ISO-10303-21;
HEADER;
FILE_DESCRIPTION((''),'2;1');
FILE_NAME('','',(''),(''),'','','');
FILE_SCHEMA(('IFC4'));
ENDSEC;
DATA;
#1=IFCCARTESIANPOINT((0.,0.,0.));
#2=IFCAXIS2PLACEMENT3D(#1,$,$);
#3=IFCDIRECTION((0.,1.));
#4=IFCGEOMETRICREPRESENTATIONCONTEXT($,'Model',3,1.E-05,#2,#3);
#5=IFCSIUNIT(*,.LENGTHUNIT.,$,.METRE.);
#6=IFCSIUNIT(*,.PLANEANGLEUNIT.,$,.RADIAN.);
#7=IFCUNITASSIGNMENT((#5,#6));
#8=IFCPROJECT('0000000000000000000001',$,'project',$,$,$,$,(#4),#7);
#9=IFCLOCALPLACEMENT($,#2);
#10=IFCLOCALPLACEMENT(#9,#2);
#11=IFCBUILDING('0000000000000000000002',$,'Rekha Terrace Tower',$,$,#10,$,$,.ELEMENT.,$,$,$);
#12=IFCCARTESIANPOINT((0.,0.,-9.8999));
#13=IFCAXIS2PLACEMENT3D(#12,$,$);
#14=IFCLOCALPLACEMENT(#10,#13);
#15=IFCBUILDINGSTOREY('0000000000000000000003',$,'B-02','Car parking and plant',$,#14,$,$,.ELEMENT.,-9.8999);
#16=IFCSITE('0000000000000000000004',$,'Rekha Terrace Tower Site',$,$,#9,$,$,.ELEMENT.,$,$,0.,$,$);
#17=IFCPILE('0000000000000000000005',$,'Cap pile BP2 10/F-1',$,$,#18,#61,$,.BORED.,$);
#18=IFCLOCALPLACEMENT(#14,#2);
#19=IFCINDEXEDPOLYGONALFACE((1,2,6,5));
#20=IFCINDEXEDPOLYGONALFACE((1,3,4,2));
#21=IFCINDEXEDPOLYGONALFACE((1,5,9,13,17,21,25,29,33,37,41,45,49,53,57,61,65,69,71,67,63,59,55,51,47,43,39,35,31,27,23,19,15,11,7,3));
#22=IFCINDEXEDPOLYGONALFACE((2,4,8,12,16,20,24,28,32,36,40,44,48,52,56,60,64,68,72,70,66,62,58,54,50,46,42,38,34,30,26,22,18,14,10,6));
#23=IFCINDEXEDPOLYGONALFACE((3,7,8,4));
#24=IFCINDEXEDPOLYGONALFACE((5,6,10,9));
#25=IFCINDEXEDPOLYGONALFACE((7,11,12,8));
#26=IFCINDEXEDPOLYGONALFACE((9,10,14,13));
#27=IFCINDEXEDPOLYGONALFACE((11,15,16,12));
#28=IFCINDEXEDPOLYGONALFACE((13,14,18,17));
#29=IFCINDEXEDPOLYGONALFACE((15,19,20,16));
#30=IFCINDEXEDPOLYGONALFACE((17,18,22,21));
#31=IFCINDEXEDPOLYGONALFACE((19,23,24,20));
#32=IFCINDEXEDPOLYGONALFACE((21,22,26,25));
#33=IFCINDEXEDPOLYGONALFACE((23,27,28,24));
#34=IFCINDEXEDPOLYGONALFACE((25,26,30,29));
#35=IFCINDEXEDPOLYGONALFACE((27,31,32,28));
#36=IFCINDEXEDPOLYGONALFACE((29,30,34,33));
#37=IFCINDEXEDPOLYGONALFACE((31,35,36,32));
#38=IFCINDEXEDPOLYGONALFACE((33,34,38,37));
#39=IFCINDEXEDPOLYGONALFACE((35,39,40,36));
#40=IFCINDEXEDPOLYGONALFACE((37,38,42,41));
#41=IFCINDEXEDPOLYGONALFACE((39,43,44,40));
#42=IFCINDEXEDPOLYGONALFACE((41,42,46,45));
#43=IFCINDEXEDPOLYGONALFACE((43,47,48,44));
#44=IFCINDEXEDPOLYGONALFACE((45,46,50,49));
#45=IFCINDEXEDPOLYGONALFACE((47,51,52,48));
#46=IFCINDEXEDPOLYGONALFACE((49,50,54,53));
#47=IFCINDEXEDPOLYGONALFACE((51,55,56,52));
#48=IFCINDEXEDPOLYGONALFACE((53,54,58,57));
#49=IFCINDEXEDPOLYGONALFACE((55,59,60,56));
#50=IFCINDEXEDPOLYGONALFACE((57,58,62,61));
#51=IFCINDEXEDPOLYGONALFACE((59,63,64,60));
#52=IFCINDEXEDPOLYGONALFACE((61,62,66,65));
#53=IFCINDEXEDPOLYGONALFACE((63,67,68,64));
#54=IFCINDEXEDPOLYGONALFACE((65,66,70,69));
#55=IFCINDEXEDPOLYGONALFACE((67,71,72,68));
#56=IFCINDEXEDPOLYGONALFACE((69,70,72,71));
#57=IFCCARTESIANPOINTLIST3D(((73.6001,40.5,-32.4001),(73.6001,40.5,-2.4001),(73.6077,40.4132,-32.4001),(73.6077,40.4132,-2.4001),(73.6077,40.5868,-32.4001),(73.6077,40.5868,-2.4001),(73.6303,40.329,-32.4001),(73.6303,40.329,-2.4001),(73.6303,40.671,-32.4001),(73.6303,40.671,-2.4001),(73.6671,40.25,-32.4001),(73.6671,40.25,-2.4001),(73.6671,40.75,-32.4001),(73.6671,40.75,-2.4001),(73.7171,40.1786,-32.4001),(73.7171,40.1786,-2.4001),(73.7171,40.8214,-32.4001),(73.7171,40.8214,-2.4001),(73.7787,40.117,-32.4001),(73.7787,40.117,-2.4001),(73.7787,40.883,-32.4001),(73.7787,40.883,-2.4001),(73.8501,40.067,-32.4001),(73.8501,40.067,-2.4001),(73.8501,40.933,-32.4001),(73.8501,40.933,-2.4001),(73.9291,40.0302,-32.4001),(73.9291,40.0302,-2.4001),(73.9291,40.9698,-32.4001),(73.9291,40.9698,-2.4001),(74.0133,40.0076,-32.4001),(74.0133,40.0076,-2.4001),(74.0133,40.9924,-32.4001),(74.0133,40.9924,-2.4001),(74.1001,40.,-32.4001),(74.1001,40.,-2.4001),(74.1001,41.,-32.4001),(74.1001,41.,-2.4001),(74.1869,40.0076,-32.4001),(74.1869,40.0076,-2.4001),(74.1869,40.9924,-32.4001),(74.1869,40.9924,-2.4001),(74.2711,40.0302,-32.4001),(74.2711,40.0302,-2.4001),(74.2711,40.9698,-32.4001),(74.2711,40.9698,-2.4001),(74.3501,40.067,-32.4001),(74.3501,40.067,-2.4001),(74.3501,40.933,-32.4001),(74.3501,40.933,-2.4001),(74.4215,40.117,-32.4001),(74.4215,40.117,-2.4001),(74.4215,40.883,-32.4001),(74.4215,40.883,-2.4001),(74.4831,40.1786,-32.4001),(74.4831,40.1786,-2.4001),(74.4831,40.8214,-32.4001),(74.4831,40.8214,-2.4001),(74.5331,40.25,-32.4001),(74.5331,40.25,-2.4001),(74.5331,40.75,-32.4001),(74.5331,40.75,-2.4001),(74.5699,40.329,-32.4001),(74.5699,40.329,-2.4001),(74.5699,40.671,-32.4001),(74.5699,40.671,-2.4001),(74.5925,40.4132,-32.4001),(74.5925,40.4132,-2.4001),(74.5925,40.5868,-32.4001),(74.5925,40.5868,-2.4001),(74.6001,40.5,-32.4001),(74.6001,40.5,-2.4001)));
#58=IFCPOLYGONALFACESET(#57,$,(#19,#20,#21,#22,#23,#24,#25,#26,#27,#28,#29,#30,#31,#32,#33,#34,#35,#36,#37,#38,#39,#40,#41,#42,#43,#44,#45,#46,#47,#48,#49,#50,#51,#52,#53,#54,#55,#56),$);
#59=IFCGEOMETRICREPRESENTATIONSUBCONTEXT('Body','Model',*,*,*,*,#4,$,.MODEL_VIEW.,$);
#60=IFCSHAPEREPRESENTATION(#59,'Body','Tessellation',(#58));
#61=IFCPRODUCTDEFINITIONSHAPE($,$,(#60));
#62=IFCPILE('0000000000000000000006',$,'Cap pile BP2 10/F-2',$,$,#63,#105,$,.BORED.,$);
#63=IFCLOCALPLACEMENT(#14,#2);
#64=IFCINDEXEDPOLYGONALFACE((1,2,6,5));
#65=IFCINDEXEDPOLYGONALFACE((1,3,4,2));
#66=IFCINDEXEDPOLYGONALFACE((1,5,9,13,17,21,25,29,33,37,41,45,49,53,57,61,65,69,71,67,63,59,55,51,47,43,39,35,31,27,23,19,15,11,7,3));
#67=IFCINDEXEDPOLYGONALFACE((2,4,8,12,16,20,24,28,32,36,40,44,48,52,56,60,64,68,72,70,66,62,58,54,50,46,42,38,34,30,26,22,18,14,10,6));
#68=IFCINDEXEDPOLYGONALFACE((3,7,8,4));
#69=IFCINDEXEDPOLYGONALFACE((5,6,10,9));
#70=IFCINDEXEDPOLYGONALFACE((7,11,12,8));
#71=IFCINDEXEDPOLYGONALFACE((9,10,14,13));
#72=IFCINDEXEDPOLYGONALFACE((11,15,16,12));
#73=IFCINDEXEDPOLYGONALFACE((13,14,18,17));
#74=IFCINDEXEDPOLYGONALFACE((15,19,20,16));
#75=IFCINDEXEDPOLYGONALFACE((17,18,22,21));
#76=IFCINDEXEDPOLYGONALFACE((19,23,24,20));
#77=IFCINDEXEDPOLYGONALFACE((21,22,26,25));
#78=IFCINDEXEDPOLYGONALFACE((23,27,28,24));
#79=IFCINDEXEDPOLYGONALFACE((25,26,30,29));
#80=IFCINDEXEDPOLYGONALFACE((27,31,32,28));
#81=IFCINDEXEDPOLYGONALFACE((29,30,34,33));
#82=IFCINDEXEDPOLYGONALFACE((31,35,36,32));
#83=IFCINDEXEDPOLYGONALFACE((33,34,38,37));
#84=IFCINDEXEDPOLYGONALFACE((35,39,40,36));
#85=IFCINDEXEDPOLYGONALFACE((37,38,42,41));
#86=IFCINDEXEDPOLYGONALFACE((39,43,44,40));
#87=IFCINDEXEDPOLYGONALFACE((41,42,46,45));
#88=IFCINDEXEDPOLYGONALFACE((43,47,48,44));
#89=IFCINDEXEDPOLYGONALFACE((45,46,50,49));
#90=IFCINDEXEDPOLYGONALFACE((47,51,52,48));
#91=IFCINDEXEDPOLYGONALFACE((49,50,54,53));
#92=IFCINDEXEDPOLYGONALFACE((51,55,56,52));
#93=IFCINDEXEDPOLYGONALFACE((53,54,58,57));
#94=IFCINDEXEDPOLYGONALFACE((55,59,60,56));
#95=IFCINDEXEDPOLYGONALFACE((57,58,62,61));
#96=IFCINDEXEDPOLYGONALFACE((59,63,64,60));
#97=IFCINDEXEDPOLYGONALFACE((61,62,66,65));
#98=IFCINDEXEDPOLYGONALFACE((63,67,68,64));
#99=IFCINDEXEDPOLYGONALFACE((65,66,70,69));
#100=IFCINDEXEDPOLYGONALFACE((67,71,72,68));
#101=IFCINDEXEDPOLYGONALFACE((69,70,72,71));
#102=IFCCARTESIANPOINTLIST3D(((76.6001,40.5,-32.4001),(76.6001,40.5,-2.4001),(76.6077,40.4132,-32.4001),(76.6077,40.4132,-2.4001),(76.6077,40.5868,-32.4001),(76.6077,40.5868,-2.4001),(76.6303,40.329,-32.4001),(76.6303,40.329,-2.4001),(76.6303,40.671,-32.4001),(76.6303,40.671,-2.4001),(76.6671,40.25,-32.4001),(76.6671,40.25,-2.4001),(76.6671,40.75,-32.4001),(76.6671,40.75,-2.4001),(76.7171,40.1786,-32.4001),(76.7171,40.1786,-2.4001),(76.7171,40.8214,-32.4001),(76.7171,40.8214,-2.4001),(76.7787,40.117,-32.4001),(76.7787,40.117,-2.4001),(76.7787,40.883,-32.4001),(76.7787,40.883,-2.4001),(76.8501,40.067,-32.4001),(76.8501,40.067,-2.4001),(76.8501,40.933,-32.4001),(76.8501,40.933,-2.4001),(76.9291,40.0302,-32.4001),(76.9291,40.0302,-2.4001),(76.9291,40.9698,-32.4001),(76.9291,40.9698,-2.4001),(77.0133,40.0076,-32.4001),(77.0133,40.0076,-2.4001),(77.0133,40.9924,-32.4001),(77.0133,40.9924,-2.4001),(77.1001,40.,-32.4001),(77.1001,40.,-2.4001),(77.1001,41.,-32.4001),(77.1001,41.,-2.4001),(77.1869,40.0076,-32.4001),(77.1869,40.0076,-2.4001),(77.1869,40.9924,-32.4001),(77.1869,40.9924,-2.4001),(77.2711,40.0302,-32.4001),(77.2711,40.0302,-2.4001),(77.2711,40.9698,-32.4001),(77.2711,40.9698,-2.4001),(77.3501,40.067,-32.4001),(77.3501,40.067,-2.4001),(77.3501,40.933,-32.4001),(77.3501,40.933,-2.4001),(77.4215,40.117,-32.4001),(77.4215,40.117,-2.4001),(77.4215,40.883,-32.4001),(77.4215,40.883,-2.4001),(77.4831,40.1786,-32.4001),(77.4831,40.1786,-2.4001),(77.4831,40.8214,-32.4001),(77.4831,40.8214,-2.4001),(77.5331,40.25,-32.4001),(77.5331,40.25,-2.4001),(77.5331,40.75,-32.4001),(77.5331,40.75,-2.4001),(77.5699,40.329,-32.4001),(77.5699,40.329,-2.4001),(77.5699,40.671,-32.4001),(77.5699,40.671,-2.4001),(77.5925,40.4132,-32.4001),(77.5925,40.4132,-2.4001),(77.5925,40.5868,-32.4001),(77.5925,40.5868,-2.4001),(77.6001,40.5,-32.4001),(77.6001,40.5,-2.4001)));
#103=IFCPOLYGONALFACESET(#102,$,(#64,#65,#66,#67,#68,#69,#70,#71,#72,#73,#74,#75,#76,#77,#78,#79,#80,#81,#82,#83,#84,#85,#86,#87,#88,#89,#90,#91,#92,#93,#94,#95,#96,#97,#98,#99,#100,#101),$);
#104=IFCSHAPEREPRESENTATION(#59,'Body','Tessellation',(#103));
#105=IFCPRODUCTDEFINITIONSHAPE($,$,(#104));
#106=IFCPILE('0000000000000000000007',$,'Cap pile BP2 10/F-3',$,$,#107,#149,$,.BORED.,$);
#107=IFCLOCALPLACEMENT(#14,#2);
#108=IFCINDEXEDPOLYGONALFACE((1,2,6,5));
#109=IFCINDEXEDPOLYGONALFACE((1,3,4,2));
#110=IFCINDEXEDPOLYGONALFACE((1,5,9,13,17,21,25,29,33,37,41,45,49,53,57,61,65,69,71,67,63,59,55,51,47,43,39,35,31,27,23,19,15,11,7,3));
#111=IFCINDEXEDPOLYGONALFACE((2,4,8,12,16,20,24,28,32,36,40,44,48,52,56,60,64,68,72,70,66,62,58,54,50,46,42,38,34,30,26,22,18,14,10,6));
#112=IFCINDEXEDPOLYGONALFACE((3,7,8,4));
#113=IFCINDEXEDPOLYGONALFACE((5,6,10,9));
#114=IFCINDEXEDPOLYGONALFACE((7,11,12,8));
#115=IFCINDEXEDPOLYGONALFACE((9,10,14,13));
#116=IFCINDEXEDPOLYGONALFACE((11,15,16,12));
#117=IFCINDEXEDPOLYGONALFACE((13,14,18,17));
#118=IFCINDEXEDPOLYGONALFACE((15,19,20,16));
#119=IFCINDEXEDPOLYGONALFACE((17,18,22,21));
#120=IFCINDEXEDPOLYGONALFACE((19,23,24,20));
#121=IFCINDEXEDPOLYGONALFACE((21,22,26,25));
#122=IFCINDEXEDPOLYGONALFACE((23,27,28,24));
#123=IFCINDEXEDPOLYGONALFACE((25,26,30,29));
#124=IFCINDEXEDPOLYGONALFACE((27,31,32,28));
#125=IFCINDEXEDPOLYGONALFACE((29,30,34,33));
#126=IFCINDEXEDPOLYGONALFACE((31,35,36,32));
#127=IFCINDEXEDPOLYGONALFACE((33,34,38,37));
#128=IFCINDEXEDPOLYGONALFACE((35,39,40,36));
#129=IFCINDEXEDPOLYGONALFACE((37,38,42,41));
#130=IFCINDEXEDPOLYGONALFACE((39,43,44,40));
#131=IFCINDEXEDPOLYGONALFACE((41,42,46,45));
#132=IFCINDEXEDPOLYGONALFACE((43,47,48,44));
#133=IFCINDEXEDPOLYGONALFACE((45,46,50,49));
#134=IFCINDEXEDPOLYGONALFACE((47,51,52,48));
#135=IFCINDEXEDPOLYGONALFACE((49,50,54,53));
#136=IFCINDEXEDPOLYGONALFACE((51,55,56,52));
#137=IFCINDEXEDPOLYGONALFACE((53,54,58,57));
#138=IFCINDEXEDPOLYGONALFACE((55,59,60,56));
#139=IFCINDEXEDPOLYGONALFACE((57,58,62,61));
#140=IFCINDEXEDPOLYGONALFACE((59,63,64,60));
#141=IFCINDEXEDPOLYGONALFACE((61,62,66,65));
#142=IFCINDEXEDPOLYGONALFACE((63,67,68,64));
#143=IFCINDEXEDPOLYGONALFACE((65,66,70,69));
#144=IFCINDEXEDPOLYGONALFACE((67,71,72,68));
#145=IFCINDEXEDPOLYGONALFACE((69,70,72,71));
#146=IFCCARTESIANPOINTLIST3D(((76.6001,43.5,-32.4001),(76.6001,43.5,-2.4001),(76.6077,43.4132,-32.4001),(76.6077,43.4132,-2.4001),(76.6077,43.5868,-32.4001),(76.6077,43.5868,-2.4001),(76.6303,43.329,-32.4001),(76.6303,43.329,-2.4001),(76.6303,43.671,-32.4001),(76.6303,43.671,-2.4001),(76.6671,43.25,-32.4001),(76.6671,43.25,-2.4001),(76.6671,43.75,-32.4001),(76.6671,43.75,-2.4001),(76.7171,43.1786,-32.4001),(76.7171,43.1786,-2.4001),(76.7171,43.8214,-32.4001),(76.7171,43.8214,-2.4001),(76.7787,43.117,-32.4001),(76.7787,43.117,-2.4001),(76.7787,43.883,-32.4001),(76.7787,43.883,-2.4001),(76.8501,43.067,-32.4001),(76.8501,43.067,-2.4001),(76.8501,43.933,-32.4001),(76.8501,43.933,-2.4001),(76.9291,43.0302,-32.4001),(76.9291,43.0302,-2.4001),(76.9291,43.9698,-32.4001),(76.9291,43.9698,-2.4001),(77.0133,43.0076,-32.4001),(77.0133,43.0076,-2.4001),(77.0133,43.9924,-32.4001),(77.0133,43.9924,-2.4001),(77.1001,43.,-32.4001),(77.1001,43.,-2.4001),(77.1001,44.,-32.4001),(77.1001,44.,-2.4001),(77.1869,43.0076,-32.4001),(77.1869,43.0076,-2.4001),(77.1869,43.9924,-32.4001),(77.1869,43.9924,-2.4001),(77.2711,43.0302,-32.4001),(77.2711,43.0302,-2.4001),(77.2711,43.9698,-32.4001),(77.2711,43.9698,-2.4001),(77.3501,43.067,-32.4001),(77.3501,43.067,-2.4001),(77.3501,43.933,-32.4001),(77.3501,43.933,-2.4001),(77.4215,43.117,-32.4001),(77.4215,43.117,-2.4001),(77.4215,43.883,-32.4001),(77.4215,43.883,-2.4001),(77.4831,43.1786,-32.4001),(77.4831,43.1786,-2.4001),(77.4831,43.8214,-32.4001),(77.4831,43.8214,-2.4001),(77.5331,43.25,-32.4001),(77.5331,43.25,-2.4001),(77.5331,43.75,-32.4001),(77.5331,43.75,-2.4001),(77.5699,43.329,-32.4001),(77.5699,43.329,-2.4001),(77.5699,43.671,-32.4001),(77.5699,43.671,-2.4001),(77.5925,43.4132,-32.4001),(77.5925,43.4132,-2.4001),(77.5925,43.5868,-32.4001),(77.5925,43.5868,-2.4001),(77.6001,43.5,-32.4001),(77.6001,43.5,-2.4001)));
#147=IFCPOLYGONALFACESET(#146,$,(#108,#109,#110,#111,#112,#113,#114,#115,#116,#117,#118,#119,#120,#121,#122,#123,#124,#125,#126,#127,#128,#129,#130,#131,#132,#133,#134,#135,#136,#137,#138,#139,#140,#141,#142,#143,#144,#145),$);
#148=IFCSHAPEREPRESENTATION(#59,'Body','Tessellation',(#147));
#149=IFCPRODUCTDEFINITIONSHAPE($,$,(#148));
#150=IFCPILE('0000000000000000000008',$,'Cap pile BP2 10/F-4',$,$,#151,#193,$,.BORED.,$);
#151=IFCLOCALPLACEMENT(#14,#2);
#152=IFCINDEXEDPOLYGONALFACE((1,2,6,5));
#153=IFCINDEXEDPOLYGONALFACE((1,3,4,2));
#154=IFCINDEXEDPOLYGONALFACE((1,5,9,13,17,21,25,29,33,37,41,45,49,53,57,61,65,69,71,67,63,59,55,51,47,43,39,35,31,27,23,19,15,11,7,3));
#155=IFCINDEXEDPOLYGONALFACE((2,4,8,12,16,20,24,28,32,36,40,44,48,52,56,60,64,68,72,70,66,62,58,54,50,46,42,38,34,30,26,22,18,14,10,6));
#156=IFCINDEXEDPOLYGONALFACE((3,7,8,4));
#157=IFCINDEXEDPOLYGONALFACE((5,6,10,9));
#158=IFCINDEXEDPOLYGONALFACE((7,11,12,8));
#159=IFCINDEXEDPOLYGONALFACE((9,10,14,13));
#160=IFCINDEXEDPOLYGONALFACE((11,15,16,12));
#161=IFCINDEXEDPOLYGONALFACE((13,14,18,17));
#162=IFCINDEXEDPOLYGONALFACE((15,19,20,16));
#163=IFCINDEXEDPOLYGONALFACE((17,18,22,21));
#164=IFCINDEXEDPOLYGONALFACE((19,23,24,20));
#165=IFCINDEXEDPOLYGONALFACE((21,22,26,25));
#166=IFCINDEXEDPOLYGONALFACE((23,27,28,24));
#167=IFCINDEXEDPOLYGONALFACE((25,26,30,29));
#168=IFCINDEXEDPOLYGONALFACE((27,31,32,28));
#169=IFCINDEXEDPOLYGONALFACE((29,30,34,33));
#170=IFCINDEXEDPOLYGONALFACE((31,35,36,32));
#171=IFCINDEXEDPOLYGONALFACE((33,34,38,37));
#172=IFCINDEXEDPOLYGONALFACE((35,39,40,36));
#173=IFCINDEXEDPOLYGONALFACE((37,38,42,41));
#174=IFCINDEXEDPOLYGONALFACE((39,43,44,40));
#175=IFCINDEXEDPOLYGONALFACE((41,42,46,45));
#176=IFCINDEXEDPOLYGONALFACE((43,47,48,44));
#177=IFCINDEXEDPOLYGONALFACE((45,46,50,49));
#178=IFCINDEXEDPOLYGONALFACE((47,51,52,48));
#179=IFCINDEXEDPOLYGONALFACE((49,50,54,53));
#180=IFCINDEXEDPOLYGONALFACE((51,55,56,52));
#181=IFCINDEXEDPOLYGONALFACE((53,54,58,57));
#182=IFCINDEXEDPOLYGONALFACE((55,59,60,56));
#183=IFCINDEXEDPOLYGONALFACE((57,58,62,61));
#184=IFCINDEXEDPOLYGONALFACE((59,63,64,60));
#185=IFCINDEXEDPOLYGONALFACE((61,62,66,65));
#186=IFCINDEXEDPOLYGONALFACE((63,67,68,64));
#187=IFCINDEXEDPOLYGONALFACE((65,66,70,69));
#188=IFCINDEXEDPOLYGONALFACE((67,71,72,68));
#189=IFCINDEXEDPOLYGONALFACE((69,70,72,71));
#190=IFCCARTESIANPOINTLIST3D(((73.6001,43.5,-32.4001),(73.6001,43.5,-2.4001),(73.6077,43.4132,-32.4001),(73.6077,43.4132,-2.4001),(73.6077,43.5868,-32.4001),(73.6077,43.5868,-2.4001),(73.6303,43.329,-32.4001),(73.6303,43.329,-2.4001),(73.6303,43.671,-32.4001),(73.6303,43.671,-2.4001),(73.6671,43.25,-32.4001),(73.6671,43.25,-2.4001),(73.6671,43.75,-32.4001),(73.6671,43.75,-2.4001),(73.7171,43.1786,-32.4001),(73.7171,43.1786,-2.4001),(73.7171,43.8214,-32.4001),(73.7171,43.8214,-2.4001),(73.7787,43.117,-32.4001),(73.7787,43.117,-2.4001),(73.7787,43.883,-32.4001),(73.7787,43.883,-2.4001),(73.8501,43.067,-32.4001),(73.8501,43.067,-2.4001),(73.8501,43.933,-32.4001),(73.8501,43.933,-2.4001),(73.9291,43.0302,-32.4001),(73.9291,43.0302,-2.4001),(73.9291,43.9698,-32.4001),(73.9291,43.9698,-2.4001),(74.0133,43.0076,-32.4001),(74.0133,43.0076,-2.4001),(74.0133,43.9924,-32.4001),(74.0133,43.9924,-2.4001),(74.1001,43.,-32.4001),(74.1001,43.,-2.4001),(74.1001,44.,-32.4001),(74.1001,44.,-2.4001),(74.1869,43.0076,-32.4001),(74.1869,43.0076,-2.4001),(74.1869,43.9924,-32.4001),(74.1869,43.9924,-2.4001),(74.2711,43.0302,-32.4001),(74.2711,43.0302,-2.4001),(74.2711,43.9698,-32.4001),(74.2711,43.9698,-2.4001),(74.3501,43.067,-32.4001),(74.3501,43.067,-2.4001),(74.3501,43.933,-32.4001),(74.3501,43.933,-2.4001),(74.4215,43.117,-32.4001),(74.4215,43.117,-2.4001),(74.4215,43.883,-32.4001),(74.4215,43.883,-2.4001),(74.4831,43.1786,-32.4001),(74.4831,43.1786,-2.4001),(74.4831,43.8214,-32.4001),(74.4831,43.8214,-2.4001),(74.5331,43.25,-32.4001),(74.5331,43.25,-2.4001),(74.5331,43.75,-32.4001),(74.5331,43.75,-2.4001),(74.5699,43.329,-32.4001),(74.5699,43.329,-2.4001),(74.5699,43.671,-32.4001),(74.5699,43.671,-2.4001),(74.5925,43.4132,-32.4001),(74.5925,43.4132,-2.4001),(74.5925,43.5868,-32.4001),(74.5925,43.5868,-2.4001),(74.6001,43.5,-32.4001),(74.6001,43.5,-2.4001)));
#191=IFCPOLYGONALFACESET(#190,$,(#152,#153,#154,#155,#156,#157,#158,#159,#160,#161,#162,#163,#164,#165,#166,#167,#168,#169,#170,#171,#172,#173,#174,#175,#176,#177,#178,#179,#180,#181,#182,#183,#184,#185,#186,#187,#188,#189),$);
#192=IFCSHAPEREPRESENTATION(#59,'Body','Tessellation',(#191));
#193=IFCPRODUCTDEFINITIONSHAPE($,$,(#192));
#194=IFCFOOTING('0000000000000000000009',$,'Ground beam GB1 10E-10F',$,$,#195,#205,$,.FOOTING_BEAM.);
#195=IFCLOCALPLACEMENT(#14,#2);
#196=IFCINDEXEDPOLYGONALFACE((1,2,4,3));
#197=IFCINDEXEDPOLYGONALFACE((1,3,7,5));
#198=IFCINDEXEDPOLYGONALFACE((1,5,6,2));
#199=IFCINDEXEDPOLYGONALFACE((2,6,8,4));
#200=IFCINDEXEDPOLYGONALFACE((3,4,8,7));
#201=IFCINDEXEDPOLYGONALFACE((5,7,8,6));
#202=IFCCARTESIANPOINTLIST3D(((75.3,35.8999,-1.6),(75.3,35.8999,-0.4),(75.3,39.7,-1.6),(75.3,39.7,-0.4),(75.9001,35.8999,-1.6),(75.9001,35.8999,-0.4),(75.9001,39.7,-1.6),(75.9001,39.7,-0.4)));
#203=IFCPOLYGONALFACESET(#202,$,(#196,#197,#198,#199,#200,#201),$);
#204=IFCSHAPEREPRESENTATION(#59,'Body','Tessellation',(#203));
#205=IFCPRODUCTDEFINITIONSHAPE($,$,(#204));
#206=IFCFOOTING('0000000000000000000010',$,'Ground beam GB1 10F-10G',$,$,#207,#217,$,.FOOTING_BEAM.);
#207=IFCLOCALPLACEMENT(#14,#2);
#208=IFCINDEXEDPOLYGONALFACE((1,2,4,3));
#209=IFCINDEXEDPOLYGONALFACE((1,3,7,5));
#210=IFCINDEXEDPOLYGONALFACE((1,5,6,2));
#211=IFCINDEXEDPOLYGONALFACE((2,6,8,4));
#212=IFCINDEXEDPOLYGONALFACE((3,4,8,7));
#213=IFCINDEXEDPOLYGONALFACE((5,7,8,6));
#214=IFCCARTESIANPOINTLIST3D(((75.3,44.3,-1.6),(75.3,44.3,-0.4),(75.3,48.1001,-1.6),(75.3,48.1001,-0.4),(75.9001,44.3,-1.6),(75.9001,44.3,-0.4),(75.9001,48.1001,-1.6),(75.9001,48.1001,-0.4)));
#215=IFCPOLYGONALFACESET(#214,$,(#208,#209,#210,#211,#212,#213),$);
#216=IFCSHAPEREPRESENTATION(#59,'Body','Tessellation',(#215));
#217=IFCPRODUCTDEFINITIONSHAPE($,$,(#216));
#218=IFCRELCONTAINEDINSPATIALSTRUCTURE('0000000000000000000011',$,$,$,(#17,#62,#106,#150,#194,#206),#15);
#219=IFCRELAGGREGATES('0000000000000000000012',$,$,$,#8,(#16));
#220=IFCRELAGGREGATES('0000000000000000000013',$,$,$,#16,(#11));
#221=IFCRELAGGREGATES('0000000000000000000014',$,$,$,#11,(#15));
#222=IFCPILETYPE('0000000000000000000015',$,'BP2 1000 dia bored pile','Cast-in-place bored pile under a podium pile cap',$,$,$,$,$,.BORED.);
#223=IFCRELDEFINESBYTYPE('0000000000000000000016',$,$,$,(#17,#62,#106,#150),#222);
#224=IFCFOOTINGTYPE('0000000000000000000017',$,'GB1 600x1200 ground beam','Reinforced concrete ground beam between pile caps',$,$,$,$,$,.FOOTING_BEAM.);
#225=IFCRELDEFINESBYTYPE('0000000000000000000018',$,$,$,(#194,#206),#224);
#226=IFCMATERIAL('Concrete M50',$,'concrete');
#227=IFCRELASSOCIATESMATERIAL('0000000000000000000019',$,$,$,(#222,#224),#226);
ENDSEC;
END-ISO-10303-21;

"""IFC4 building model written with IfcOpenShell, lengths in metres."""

from ifc_helpers import new_model, si_unit, direction, frame, origin, origin_2d, place, context, subcontext, project, spatial, rectangle, circle, extrude, material, material_profile, profile_set, type_object, element, save


model = new_model("IFC4")

# Units and contexts
model_context = context("Model", 3, precision=1e-05, world=origin(), true_north=direction((0.0, 1.0)))
body_context = subcontext(model_context, "Body", "Model", "MODEL_VIEW")
ifc_project = project(units=[si_unit("LENGTHUNIT", "METRE"), si_unit("PLANEANGLEUNIT", "RADIAN")], contexts=[model_context])

# Site, building, storey
site_placement = place(None, origin())
site = spatial("IfcSite", under=ifc_project, at=site_placement, Name="Rekha Terrace Tower Site", CompositionType="ELEMENT", RefElevation=0.0)
building_placement = place(site_placement, origin())
building = spatial("IfcBuilding", under=site, at=building_placement, Name="Rekha Terrace Tower", CompositionType="ELEMENT")
storey_placement = place(building_placement, frame((0.0, 0.0, -9.8999)))
storey = spatial("IfcBuildingStorey", under=building, at=storey_placement, Name="B-02", Description="Car parking and plant", CompositionType="ELEMENT", Elevation=-9.8999)

# Piles
ifc_material_1 = material(Name="Concrete M50", Category="concrete")
pile_type = type_object("IfcPileType", Name="BP2 1000 dia bored pile", Description="Cast-in-place bored pile under a podium pile cap", PredefinedType="BORED", material=ifc_material_1)
for number, where, z_axis, x_axis, name in (
    (1, (74.1001, 40.5, -2.4001), (0.0, 0.0, -1.0), (1.0, 0.0, 0.0), "Cap pile BP2 10/F-1"),
    (2, (77.1001, 40.5, -2.4001), (0.0, 0.0, -1.0), (1.0, 0.0, 0.0), "Cap pile BP2 10/F-2"),
    (3, (77.1001, 43.5, -2.4001), (0.0, 0.0, -1.0), (1.0, 0.0, 0.0), "Cap pile BP2 10/F-3"),
    (4, (74.1001, 43.5, -2.4001), (0.0, 0.0, -1.0), (1.0, 0.0, 0.0), "Cap pile BP2 10/F-4"),
):
    element("IfcPile", number, at=place(storey_placement, frame(where, z_axis=z_axis, x_axis=x_axis)), inside=storey, type_object=pile_type, Name=name, PredefinedType="BORED", context=body_context, shape_type="SweptSolid", body=[
        extrude(circle(Radius=0.5, at=origin_2d()), origin(), (0.0, 0.0, 1.0), 30.0),
    ])

# Footings
ifc_material_profile_1 = material_profile(ifc_material_1, rectangle(XDim=0.6001, YDim=1.2, at=origin_2d()), Name="RC 600x1200")
ifc_profile_set_1 = profile_set([ifc_material_profile_1], Name="Concrete M50")
footing_type_1 = type_object("IfcFootingType", Name="GB1 600x1200 ground beam", Description="Reinforced concrete ground beam between pile caps", PredefinedType="FOOTING_BEAM", material=ifc_profile_set_1)
for number, where, z_axis, x_axis, name in (
    (5, (75.6001, 35.8999, -1.0), (0.0, 1.0, 0.0), (-1.0, 0.0, 0.0), "Ground beam GB1 10E-10F"),
    (6, (75.6001, 44.3, -1.0), (0.0, 1.0, 0.0), (-1.0, 0.0, 0.0), "Ground beam GB1 10F-10G"),
):
    element("IfcFooting", number, at=place(storey_placement, frame(where, z_axis=z_axis, x_axis=x_axis)), inside=storey, type_object=footing_type_1, Name=name, PredefinedType="FOOTING_BEAM", context=body_context, shape_type="SweptSolid", body=[
        extrude(rectangle(XDim=0.6001, YDim=1.2, at=origin_2d()), origin(), (0.0, 0.0, 1.0), 3.8),
    ])

save(model, "model.ifc")
